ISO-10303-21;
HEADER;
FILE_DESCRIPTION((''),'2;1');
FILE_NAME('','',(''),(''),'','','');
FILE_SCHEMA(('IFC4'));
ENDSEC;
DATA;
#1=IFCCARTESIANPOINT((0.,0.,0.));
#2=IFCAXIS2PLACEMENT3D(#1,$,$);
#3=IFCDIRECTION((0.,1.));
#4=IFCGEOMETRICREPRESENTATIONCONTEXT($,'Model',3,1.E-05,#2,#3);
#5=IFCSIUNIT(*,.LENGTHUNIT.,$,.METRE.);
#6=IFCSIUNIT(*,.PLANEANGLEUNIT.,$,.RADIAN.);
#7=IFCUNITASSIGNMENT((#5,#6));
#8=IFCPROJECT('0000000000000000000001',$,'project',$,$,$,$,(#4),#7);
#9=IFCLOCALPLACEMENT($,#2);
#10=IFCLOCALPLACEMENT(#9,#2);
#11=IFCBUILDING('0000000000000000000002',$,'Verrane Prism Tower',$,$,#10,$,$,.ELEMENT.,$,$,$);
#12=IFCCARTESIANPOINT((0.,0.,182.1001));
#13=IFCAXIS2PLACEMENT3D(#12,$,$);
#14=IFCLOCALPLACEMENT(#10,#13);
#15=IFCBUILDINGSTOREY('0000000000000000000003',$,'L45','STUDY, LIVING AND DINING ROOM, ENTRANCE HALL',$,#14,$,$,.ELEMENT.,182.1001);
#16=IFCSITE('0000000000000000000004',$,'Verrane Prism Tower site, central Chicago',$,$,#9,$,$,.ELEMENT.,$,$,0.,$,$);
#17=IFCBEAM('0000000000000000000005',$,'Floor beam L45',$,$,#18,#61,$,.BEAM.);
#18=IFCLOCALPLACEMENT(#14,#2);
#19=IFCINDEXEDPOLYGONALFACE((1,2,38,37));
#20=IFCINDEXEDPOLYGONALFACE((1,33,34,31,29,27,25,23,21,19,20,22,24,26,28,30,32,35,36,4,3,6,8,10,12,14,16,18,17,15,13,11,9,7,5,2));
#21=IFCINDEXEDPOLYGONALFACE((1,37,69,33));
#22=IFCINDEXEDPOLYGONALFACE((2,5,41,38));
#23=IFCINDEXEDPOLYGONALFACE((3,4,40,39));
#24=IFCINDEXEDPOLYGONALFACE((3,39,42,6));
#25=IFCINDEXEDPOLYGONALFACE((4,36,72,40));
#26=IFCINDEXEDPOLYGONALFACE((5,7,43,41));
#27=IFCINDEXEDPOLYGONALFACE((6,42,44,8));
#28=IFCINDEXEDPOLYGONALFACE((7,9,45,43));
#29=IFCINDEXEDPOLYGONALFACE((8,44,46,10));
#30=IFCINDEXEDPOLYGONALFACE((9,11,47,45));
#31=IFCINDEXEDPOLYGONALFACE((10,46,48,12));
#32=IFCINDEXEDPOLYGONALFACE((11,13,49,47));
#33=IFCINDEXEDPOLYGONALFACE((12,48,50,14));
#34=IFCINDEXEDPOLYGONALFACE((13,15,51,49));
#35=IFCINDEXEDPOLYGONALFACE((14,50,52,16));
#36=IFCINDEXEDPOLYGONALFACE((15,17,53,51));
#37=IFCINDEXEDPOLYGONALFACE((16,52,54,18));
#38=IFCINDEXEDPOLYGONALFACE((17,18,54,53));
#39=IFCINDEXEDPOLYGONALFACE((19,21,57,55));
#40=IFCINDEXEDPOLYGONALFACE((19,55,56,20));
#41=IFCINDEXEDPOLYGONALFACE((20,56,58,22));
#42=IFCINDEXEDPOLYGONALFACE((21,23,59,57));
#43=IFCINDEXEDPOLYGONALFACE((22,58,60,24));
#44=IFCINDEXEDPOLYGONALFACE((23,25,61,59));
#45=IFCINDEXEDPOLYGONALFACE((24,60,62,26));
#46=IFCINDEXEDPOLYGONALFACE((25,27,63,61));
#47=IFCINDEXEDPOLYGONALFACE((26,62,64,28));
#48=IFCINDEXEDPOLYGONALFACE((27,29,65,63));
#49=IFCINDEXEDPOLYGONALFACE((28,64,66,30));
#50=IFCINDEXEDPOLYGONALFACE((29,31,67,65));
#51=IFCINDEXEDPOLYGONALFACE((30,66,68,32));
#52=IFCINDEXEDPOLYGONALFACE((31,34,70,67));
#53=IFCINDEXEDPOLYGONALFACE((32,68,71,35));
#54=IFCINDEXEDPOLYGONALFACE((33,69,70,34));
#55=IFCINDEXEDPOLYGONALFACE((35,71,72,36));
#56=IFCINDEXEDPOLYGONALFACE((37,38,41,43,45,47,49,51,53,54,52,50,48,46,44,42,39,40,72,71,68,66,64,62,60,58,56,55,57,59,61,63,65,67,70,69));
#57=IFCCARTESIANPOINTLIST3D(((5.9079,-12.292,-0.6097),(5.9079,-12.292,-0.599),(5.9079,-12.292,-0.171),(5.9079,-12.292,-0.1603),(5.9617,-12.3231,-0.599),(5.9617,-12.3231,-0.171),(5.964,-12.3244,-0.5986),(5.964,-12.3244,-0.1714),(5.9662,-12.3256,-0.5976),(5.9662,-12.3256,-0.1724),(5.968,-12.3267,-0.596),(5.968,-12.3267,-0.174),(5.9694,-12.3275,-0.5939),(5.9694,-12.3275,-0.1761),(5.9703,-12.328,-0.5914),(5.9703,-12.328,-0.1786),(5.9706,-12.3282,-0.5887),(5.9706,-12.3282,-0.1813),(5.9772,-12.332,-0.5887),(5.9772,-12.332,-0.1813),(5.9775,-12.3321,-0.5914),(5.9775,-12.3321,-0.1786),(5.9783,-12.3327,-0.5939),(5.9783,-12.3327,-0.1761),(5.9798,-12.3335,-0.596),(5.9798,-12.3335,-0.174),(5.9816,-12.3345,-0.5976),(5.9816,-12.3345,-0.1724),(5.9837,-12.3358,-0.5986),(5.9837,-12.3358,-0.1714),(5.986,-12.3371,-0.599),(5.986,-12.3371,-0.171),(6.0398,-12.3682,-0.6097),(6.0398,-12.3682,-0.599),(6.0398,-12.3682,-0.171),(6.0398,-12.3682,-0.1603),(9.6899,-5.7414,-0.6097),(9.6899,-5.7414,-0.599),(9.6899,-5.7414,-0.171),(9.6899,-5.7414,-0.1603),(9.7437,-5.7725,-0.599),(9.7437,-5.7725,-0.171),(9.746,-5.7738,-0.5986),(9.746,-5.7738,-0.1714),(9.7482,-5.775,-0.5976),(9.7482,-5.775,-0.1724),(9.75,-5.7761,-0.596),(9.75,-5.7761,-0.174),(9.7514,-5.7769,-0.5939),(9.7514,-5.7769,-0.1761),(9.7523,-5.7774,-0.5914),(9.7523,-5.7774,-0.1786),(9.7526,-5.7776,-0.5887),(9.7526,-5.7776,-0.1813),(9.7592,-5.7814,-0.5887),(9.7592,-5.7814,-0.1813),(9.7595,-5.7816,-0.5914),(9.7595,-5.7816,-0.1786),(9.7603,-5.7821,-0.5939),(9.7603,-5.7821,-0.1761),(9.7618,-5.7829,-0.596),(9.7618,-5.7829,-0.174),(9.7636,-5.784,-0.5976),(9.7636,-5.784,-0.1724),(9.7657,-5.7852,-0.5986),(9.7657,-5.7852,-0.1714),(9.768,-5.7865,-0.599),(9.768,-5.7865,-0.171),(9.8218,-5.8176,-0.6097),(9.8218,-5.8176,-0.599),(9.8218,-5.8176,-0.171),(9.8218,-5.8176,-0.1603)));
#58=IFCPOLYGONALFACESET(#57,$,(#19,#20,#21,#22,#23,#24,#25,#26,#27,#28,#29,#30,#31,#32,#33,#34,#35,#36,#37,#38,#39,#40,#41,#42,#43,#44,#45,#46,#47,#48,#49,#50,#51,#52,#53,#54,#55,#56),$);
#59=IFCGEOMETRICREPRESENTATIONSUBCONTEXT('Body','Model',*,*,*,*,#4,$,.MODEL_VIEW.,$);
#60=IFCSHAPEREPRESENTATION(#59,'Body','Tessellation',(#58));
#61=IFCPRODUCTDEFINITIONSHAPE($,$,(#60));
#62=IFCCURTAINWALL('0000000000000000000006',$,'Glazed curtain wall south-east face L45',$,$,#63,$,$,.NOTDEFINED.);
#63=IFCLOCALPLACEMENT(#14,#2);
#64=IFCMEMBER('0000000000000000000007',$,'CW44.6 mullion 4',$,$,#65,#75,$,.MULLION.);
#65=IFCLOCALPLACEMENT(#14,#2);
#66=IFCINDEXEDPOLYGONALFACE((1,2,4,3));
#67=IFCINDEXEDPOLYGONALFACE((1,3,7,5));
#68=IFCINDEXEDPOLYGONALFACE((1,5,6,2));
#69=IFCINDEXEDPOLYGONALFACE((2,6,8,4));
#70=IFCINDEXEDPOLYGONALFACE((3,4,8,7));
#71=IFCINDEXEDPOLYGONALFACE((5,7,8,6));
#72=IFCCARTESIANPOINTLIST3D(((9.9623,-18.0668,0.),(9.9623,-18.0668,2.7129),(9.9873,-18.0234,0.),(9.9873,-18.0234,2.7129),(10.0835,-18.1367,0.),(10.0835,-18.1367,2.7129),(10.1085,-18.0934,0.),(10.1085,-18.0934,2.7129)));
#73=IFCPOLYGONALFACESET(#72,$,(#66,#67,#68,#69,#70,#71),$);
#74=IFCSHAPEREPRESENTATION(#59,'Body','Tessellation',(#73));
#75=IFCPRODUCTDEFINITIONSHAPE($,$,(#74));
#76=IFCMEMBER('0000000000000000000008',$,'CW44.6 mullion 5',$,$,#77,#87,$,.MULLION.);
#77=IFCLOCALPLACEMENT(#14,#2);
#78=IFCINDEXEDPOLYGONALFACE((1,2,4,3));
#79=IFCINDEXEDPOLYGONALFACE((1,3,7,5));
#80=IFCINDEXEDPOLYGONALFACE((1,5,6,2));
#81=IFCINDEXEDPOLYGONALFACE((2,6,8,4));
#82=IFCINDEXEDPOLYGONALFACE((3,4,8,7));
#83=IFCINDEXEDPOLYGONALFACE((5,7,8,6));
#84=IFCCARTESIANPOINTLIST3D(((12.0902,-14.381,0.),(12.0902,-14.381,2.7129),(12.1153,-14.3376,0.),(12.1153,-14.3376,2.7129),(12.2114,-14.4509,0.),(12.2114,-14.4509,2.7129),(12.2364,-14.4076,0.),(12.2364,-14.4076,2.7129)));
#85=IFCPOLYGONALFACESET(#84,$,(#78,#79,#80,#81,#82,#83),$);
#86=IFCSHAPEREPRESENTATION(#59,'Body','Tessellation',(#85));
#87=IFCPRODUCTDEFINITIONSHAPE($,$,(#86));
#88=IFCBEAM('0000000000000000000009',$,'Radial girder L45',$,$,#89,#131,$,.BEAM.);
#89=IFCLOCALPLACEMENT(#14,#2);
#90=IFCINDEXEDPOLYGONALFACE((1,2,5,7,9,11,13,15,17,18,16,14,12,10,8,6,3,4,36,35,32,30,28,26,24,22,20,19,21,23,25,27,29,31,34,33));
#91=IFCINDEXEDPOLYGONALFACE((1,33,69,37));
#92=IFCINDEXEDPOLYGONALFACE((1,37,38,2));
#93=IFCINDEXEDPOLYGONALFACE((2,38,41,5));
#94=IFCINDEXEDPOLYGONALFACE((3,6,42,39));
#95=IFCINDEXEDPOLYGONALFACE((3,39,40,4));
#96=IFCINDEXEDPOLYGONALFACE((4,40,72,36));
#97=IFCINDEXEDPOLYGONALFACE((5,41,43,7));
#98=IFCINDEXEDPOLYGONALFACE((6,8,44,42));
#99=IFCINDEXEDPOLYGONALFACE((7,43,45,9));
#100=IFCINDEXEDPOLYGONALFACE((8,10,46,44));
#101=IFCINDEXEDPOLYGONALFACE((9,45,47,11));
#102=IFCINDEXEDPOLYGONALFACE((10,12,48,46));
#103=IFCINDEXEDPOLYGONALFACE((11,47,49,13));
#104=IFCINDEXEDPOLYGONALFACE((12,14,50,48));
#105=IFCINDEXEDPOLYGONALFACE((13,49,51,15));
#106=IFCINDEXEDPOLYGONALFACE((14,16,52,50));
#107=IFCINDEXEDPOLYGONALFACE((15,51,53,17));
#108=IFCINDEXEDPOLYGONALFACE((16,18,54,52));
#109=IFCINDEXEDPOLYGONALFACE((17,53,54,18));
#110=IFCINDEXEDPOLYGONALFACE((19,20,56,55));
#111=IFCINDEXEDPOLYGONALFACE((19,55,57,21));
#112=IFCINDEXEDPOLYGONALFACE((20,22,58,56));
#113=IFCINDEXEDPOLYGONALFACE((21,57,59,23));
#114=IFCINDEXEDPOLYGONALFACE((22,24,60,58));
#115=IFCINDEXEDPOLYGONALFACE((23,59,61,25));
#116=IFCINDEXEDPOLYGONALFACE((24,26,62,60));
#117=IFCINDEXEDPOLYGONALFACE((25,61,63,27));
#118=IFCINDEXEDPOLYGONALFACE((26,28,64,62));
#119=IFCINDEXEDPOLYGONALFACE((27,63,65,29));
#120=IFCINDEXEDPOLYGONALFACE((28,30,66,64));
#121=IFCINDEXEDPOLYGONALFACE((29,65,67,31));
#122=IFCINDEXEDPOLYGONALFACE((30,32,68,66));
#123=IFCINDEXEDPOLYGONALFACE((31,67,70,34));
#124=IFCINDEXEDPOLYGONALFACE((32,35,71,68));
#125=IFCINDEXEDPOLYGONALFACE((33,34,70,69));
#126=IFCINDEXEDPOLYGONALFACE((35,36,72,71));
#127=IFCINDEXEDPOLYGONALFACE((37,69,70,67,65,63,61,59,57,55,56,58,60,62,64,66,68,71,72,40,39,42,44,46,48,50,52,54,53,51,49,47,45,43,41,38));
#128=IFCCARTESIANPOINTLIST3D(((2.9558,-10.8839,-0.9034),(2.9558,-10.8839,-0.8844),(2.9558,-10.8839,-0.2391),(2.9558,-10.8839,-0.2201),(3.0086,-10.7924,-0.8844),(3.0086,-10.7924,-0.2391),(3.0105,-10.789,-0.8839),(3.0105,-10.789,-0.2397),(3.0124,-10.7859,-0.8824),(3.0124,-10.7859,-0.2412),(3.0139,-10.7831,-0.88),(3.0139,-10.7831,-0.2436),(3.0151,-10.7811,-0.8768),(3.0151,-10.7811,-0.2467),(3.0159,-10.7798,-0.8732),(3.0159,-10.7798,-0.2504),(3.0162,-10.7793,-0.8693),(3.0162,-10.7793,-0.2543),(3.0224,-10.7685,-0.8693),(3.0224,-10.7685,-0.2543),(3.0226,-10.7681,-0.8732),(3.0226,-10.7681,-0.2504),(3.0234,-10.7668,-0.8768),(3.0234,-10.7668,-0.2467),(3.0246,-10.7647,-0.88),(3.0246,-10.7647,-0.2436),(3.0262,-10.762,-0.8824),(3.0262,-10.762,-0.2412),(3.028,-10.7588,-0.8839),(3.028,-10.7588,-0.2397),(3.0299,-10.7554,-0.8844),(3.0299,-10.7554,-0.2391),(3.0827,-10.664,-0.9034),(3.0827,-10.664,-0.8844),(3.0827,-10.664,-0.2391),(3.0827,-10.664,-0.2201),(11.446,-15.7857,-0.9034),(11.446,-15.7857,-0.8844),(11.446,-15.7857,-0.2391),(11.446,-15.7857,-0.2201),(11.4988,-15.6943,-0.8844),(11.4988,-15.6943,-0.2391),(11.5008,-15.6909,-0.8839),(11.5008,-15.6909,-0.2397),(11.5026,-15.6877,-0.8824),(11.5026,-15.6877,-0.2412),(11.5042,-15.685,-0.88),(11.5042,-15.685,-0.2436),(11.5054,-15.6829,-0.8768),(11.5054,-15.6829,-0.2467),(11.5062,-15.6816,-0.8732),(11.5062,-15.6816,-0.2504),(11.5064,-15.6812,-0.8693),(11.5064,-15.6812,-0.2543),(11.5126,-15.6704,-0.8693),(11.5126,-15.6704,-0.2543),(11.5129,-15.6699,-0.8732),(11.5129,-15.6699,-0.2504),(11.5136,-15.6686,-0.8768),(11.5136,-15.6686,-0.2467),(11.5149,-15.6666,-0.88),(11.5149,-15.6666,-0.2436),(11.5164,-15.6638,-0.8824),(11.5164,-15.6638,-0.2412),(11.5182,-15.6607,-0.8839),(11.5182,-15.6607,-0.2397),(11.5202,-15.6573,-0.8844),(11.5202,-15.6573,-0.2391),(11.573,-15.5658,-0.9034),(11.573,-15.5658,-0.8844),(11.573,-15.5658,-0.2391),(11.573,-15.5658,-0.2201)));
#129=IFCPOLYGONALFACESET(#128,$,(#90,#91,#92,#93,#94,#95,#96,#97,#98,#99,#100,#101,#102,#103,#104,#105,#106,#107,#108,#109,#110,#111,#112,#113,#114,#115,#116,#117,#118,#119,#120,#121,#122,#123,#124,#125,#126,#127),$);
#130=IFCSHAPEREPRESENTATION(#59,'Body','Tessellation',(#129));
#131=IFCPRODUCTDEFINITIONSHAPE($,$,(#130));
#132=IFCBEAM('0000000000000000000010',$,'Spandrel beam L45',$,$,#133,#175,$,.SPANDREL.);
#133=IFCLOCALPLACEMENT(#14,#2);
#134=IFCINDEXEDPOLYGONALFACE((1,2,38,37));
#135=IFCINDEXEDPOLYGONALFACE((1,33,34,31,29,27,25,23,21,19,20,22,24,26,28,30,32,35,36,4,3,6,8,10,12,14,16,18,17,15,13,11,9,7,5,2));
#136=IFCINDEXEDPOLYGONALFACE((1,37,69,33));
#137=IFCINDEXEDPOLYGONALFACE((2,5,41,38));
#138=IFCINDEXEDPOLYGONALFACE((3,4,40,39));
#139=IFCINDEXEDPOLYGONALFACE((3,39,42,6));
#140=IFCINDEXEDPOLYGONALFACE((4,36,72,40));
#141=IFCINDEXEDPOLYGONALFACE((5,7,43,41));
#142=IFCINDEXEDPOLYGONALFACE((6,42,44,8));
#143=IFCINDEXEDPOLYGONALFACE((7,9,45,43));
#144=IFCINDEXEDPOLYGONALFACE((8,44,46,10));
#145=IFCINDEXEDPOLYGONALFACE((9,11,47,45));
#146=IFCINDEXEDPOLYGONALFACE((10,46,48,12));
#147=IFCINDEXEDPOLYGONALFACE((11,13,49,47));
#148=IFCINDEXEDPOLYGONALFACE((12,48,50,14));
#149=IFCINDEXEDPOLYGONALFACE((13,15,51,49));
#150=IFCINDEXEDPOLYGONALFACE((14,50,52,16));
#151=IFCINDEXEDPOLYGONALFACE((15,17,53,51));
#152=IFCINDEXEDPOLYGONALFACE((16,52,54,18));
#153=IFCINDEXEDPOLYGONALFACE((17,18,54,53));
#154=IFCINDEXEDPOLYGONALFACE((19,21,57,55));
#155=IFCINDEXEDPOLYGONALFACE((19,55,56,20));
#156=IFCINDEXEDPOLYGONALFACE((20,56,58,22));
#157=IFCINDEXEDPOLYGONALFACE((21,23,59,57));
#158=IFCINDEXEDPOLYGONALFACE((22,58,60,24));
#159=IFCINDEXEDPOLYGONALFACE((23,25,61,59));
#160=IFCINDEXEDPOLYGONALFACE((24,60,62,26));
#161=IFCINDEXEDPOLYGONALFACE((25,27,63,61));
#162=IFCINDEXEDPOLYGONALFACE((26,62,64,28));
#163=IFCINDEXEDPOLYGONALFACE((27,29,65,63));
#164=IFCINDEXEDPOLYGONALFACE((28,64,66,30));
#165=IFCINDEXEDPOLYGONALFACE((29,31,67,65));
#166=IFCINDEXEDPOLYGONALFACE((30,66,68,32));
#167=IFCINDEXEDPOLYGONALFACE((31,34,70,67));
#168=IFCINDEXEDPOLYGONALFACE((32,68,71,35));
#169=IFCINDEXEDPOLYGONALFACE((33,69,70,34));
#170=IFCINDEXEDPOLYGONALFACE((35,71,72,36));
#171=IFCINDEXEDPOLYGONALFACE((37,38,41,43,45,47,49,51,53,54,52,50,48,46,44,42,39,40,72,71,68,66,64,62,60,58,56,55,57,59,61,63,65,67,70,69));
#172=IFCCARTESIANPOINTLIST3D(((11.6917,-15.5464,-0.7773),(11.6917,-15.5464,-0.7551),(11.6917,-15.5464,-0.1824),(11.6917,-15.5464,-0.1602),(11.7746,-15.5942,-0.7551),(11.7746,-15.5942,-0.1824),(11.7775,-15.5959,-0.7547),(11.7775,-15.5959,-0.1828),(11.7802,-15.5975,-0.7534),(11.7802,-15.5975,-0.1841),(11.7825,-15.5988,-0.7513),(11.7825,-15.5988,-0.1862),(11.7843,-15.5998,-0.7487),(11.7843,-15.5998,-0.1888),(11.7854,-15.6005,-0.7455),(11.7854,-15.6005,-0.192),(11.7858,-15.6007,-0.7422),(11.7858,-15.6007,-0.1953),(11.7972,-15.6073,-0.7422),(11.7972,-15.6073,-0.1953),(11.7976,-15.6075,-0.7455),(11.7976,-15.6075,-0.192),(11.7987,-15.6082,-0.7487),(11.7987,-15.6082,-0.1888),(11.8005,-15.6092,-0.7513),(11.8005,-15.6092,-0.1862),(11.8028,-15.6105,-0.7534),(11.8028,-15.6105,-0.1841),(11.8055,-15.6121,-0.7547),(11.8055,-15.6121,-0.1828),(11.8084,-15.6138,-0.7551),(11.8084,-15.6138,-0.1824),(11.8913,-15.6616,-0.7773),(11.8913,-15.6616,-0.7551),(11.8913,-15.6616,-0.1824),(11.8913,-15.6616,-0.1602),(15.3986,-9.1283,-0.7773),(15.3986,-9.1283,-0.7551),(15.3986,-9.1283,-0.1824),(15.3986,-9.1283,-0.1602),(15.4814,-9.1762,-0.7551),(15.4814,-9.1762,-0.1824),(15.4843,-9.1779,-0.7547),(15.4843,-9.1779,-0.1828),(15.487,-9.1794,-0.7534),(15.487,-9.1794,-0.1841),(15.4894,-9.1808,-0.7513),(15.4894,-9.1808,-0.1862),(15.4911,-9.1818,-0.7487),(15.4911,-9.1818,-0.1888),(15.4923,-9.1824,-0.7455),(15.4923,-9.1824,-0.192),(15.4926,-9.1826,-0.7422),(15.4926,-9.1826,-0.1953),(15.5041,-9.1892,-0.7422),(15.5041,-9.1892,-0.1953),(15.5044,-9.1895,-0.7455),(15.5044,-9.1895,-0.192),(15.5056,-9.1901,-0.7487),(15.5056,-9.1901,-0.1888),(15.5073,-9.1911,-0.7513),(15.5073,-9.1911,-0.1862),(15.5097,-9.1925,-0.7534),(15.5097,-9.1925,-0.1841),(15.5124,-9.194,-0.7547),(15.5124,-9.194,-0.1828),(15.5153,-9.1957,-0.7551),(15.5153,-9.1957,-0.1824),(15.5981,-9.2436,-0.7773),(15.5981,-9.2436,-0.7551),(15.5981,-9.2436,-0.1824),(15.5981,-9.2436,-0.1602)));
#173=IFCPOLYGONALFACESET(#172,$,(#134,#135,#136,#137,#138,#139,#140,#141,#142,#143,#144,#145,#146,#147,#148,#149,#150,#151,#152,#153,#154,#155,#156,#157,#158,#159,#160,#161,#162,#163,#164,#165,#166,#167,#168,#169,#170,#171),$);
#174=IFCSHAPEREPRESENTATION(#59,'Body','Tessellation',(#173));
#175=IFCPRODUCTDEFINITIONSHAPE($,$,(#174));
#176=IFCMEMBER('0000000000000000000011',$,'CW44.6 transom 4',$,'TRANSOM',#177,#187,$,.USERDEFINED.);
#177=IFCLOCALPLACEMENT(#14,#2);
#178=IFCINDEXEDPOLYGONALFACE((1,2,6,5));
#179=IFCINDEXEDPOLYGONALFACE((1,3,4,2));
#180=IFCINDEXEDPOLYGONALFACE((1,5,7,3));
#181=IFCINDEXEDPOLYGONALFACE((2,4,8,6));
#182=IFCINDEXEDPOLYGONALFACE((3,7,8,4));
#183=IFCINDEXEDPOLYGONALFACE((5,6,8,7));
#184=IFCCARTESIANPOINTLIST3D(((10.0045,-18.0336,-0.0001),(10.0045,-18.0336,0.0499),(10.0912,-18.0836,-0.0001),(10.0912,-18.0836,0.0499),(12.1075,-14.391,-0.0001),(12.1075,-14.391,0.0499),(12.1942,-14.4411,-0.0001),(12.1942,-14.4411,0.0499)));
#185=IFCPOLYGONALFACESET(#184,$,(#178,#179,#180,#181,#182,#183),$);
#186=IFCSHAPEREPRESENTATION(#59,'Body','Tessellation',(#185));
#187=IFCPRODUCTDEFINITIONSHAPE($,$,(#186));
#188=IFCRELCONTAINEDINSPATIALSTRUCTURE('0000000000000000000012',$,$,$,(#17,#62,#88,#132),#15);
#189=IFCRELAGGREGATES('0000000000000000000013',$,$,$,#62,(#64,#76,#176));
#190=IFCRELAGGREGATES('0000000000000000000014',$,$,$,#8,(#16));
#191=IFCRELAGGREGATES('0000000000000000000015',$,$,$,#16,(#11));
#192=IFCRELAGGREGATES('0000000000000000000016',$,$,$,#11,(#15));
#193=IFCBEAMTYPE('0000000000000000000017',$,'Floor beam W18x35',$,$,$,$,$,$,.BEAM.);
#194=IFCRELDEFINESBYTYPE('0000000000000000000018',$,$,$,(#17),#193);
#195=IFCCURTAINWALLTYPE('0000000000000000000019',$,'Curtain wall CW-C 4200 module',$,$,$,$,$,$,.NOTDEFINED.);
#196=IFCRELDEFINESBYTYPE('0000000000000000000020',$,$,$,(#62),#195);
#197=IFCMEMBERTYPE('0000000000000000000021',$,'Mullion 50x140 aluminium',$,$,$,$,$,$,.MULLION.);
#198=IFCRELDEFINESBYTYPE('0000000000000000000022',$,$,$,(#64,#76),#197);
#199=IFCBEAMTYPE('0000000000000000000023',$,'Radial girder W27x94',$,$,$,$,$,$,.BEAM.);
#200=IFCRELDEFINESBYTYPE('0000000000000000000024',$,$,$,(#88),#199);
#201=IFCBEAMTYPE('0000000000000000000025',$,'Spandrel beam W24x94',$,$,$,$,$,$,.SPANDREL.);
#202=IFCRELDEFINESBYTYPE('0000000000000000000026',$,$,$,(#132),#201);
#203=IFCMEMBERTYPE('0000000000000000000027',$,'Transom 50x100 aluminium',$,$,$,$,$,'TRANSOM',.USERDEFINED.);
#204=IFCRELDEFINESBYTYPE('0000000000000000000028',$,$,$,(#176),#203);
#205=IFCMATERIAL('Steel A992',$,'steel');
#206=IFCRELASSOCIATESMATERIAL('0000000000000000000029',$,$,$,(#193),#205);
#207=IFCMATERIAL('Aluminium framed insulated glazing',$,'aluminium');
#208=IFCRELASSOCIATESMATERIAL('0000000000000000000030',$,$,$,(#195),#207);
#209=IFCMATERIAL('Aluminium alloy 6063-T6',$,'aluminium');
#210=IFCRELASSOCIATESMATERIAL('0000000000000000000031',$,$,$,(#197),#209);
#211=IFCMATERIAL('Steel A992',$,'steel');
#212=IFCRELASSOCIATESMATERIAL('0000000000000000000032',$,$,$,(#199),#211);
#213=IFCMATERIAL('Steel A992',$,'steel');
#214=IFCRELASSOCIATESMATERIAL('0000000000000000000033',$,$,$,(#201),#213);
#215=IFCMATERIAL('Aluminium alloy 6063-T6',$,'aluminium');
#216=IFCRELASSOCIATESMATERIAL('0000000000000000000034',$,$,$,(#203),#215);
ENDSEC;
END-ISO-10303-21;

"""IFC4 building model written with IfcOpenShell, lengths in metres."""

from ifc_helpers import new_model, si_unit, direction, frame, origin, origin_2d, place, context, subcontext, project, spatial, rectangle, i_section, extrude, material, material_profile, profile_set, type_object, element, aggregate, save


model = new_model("IFC4")

# Units and contexts
model_context = context("Model", 3, precision=1e-05, world=origin(), true_north=direction((0.0, 1.0)))
body_context = subcontext(model_context, "Body", "Model", "MODEL_VIEW")
ifc_project = project(units=[si_unit("LENGTHUNIT", "METRE"), si_unit("PLANEANGLEUNIT", "RADIAN")], contexts=[model_context])

# Site, building, storey
site_placement = place(None, origin())
site = spatial("IfcSite", under=ifc_project, at=site_placement, Name="Verrane Prism Tower site, central Chicago", CompositionType="ELEMENT", RefElevation=0.0)
building_placement = place(site_placement, origin())
building = spatial("IfcBuilding", under=site, at=building_placement, Name="Verrane Prism Tower", CompositionType="ELEMENT")
storey_placement = place(building_placement, frame((0.0, 0.0, 182.1001)))
storey = spatial("IfcBuildingStorey", under=building, at=storey_placement, Name="L45", Description="STUDY, LIVING AND DINING ROOM, ENTRANCE HALL", CompositionType="ELEMENT", Elevation=182.1001)

# Beam
ifc_material_1 = material(Name="Steel A992", Category="steel")
ifc_material_profile_1 = material_profile(ifc_material_1, i_section(OverallWidth=0.1523, OverallDepth=0.4495, WebThickness=0.0076, FlangeThickness=0.0107, FilletRadius=0.0103, at=origin_2d()), Name="W18x35")
ifc_profile_set_1 = profile_set([ifc_material_profile_1], Name="Steel A992")
beam_type_1 = type_object("IfcBeamType", Name="Floor beam W18x35", PredefinedType="BEAM", material=ifc_profile_set_1)
beam_1_placement = place(storey_placement, frame((5.9739, -12.3301, -0.385), z_axis=(0.500003, 0.866024, 0.0), x_axis=(-0.866024, 0.500003, 0.0)))
element("IfcBeam", 1, at=beam_1_placement, inside=storey, type_object=beam_type_1, Name="Floor beam L45", PredefinedType="BEAM", context=body_context, shape_type="SweptSolid", body=[
    extrude(i_section(OverallWidth=0.1523, OverallDepth=0.4495, WebThickness=0.0076, FlangeThickness=0.0107, FilletRadius=0.0103, at=origin_2d()), origin(), (0.0, 0.0, 1.0), 7.564),
])

# Curtain wall, members
ifc_material_2 = material(Name="Aluminium framed insulated glazing", Category="aluminium")
curtain_wall_type = type_object("IfcCurtainWallType", Name="Curtain wall CW-C 4200 module", PredefinedType="NOTDEFINED", material=ifc_material_2)
curtain_wall_placement = place(storey_placement, origin())
curtain_wall = element("IfcCurtainWall", 2, at=curtain_wall_placement, inside=storey, type_object=curtain_wall_type, Name="Glazed curtain wall south-east face L45", PredefinedType="NOTDEFINED")
ifc_material_3 = material(Name="Aluminium alloy 6063-T6", Category="aluminium")
ifc_material_profile_2 = material_profile(ifc_material_3, rectangle(XDim=0.1399, YDim=0.05, at=origin_2d()), Name="Mullion 50x140 aluminium")
ifc_profile_set_2 = profile_set([ifc_material_profile_2], Name="Aluminium alloy 6063-T6")
member_type_1 = type_object("IfcMemberType", Name="Mullion 50x140 aluminium", PredefinedType="MULLION", material=ifc_profile_set_2)
member_1_placement = place(storey_placement, frame((10.0354, -18.0801, 0.0), z_axis=(0.0, 0.0, 1.0), x_axis=(-0.866026, 0.499999, 0.0)))
member_1 = element("IfcMember", 3, at=member_1_placement, type_object=member_type_1, Name="CW44.6 mullion 4", PredefinedType="MULLION", context=body_context, shape_type="SweptSolid", body=[
    extrude(rectangle(XDim=0.1399, YDim=0.05, at=origin_2d()), origin(), (0.0, 0.0, 1.0), 2.7129),
])
member_2_placement = place(storey_placement, frame((12.1633, -14.3943, 0.0), z_axis=(0.0, 0.0, 1.0), x_axis=(-0.866026, 0.499999, 0.0)))
member_2 = element("IfcMember", 4, at=member_2_placement, type_object=member_type_1, Name="CW44.6 mullion 5", PredefinedType="MULLION", context=body_context, shape_type="SweptSolid", body=[
    extrude(rectangle(XDim=0.1399, YDim=0.05, at=origin_2d()), origin(), (0.0, 0.0, 1.0), 2.7129),
])

# Beams
ifc_material_4 = material(Name="Steel A992", Category="steel")
ifc_material_profile_3 = material_profile(ifc_material_4, i_section(OverallWidth=0.2539, OverallDepth=0.6833, WebThickness=0.0125, FlangeThickness=0.019, FilletRadius=0.0151, at=origin_2d()), Name="W27x94")
ifc_profile_set_3 = profile_set([ifc_material_profile_3], Name="Steel A992")
beam_type_2 = type_object("IfcBeamType", Name="Radial girder W27x94", PredefinedType="BEAM", material=ifc_profile_set_3)
beam_2_placement = place(storey_placement, frame((11.5095, -15.6758, -0.5618), z_axis=(-0.866025, 0.500001, 0.0), x_axis=(-0.500001, -0.866025, 0.0)))
element("IfcBeam", 5, at=beam_2_placement, inside=storey, type_object=beam_type_2, Name="Radial girder L45", PredefinedType="BEAM", context=body_context, shape_type="SweptSolid", body=[
    extrude(i_section(OverallWidth=0.2539, OverallDepth=0.6833, WebThickness=0.0125, FlangeThickness=0.019, FilletRadius=0.0151, at=origin_2d()), origin(), (0.0, 0.0, 1.0), 9.8037),
])
ifc_material_5 = material(Name="Steel A992", Category="steel")
ifc_material_profile_4 = material_profile(ifc_material_5, i_section(OverallWidth=0.2305, OverallDepth=0.6172, WebThickness=0.0132, FlangeThickness=0.0222, FilletRadius=0.0129, at=origin_2d()), Name="W24x94")
ifc_profile_set_4 = profile_set([ifc_material_profile_4], Name="Steel A992")
beam_type_3 = type_object("IfcBeamType", Name="Spandrel beam W24x94", PredefinedType="SPANDREL", material=ifc_profile_set_4)
beam_3_placement = place(storey_placement, frame((11.7915, -15.604, -0.4688), z_axis=(0.500139, 0.865945, 0.0), x_axis=(-0.865945, 0.500139, 0.0)))
element("IfcBeam", 6, at=beam_3_placement, inside=storey, type_object=beam_type_3, Name="Spandrel beam L45", PredefinedType="SPANDREL", context=body_context, shape_type="SweptSolid", body=[
    extrude(i_section(OverallWidth=0.2305, OverallDepth=0.6172, WebThickness=0.0132, FlangeThickness=0.0222, FilletRadius=0.0129, at=origin_2d()), origin(), (0.0, 0.0, 1.0), 7.4116),
])

# Member
ifc_material_6 = material(Name="Aluminium alloy 6063-T6", Category="aluminium")
ifc_material_profile_5 = material_profile(ifc_material_6, rectangle(XDim=0.1001, YDim=0.05, at=origin_2d()), Name="Transom 50x100 aluminium")
ifc_profile_set_5 = profile_set([ifc_material_profile_5], Name="Aluminium alloy 6063-T6")
member_type_2 = type_object("IfcMemberType", Name="Transom 50x100 aluminium", ElementType="TRANSOM", PredefinedType="USERDEFINED", material=ifc_profile_set_5)
member_3_placement = place(storey_placement, frame((10.0479, -18.0586, 0.0249), z_axis=(0.499997, 0.866027, 0.0), x_axis=(-0.866027, 0.499997, 0.0)))
member_3 = element("IfcMember", 7, at=member_3_placement, type_object=member_type_2, Name="CW44.6 transom 4", ObjectType="TRANSOM", PredefinedType="USERDEFINED", context=body_context, shape_type="SweptSolid", body=[
    extrude(rectangle(XDim=0.1001, YDim=0.05, at=origin_2d()), origin(), (0.0, 0.0, 1.0), 4.2061),
])

aggregate(curtain_wall, [member_1, member_2, member_3])

save(model, "model.ifc")
